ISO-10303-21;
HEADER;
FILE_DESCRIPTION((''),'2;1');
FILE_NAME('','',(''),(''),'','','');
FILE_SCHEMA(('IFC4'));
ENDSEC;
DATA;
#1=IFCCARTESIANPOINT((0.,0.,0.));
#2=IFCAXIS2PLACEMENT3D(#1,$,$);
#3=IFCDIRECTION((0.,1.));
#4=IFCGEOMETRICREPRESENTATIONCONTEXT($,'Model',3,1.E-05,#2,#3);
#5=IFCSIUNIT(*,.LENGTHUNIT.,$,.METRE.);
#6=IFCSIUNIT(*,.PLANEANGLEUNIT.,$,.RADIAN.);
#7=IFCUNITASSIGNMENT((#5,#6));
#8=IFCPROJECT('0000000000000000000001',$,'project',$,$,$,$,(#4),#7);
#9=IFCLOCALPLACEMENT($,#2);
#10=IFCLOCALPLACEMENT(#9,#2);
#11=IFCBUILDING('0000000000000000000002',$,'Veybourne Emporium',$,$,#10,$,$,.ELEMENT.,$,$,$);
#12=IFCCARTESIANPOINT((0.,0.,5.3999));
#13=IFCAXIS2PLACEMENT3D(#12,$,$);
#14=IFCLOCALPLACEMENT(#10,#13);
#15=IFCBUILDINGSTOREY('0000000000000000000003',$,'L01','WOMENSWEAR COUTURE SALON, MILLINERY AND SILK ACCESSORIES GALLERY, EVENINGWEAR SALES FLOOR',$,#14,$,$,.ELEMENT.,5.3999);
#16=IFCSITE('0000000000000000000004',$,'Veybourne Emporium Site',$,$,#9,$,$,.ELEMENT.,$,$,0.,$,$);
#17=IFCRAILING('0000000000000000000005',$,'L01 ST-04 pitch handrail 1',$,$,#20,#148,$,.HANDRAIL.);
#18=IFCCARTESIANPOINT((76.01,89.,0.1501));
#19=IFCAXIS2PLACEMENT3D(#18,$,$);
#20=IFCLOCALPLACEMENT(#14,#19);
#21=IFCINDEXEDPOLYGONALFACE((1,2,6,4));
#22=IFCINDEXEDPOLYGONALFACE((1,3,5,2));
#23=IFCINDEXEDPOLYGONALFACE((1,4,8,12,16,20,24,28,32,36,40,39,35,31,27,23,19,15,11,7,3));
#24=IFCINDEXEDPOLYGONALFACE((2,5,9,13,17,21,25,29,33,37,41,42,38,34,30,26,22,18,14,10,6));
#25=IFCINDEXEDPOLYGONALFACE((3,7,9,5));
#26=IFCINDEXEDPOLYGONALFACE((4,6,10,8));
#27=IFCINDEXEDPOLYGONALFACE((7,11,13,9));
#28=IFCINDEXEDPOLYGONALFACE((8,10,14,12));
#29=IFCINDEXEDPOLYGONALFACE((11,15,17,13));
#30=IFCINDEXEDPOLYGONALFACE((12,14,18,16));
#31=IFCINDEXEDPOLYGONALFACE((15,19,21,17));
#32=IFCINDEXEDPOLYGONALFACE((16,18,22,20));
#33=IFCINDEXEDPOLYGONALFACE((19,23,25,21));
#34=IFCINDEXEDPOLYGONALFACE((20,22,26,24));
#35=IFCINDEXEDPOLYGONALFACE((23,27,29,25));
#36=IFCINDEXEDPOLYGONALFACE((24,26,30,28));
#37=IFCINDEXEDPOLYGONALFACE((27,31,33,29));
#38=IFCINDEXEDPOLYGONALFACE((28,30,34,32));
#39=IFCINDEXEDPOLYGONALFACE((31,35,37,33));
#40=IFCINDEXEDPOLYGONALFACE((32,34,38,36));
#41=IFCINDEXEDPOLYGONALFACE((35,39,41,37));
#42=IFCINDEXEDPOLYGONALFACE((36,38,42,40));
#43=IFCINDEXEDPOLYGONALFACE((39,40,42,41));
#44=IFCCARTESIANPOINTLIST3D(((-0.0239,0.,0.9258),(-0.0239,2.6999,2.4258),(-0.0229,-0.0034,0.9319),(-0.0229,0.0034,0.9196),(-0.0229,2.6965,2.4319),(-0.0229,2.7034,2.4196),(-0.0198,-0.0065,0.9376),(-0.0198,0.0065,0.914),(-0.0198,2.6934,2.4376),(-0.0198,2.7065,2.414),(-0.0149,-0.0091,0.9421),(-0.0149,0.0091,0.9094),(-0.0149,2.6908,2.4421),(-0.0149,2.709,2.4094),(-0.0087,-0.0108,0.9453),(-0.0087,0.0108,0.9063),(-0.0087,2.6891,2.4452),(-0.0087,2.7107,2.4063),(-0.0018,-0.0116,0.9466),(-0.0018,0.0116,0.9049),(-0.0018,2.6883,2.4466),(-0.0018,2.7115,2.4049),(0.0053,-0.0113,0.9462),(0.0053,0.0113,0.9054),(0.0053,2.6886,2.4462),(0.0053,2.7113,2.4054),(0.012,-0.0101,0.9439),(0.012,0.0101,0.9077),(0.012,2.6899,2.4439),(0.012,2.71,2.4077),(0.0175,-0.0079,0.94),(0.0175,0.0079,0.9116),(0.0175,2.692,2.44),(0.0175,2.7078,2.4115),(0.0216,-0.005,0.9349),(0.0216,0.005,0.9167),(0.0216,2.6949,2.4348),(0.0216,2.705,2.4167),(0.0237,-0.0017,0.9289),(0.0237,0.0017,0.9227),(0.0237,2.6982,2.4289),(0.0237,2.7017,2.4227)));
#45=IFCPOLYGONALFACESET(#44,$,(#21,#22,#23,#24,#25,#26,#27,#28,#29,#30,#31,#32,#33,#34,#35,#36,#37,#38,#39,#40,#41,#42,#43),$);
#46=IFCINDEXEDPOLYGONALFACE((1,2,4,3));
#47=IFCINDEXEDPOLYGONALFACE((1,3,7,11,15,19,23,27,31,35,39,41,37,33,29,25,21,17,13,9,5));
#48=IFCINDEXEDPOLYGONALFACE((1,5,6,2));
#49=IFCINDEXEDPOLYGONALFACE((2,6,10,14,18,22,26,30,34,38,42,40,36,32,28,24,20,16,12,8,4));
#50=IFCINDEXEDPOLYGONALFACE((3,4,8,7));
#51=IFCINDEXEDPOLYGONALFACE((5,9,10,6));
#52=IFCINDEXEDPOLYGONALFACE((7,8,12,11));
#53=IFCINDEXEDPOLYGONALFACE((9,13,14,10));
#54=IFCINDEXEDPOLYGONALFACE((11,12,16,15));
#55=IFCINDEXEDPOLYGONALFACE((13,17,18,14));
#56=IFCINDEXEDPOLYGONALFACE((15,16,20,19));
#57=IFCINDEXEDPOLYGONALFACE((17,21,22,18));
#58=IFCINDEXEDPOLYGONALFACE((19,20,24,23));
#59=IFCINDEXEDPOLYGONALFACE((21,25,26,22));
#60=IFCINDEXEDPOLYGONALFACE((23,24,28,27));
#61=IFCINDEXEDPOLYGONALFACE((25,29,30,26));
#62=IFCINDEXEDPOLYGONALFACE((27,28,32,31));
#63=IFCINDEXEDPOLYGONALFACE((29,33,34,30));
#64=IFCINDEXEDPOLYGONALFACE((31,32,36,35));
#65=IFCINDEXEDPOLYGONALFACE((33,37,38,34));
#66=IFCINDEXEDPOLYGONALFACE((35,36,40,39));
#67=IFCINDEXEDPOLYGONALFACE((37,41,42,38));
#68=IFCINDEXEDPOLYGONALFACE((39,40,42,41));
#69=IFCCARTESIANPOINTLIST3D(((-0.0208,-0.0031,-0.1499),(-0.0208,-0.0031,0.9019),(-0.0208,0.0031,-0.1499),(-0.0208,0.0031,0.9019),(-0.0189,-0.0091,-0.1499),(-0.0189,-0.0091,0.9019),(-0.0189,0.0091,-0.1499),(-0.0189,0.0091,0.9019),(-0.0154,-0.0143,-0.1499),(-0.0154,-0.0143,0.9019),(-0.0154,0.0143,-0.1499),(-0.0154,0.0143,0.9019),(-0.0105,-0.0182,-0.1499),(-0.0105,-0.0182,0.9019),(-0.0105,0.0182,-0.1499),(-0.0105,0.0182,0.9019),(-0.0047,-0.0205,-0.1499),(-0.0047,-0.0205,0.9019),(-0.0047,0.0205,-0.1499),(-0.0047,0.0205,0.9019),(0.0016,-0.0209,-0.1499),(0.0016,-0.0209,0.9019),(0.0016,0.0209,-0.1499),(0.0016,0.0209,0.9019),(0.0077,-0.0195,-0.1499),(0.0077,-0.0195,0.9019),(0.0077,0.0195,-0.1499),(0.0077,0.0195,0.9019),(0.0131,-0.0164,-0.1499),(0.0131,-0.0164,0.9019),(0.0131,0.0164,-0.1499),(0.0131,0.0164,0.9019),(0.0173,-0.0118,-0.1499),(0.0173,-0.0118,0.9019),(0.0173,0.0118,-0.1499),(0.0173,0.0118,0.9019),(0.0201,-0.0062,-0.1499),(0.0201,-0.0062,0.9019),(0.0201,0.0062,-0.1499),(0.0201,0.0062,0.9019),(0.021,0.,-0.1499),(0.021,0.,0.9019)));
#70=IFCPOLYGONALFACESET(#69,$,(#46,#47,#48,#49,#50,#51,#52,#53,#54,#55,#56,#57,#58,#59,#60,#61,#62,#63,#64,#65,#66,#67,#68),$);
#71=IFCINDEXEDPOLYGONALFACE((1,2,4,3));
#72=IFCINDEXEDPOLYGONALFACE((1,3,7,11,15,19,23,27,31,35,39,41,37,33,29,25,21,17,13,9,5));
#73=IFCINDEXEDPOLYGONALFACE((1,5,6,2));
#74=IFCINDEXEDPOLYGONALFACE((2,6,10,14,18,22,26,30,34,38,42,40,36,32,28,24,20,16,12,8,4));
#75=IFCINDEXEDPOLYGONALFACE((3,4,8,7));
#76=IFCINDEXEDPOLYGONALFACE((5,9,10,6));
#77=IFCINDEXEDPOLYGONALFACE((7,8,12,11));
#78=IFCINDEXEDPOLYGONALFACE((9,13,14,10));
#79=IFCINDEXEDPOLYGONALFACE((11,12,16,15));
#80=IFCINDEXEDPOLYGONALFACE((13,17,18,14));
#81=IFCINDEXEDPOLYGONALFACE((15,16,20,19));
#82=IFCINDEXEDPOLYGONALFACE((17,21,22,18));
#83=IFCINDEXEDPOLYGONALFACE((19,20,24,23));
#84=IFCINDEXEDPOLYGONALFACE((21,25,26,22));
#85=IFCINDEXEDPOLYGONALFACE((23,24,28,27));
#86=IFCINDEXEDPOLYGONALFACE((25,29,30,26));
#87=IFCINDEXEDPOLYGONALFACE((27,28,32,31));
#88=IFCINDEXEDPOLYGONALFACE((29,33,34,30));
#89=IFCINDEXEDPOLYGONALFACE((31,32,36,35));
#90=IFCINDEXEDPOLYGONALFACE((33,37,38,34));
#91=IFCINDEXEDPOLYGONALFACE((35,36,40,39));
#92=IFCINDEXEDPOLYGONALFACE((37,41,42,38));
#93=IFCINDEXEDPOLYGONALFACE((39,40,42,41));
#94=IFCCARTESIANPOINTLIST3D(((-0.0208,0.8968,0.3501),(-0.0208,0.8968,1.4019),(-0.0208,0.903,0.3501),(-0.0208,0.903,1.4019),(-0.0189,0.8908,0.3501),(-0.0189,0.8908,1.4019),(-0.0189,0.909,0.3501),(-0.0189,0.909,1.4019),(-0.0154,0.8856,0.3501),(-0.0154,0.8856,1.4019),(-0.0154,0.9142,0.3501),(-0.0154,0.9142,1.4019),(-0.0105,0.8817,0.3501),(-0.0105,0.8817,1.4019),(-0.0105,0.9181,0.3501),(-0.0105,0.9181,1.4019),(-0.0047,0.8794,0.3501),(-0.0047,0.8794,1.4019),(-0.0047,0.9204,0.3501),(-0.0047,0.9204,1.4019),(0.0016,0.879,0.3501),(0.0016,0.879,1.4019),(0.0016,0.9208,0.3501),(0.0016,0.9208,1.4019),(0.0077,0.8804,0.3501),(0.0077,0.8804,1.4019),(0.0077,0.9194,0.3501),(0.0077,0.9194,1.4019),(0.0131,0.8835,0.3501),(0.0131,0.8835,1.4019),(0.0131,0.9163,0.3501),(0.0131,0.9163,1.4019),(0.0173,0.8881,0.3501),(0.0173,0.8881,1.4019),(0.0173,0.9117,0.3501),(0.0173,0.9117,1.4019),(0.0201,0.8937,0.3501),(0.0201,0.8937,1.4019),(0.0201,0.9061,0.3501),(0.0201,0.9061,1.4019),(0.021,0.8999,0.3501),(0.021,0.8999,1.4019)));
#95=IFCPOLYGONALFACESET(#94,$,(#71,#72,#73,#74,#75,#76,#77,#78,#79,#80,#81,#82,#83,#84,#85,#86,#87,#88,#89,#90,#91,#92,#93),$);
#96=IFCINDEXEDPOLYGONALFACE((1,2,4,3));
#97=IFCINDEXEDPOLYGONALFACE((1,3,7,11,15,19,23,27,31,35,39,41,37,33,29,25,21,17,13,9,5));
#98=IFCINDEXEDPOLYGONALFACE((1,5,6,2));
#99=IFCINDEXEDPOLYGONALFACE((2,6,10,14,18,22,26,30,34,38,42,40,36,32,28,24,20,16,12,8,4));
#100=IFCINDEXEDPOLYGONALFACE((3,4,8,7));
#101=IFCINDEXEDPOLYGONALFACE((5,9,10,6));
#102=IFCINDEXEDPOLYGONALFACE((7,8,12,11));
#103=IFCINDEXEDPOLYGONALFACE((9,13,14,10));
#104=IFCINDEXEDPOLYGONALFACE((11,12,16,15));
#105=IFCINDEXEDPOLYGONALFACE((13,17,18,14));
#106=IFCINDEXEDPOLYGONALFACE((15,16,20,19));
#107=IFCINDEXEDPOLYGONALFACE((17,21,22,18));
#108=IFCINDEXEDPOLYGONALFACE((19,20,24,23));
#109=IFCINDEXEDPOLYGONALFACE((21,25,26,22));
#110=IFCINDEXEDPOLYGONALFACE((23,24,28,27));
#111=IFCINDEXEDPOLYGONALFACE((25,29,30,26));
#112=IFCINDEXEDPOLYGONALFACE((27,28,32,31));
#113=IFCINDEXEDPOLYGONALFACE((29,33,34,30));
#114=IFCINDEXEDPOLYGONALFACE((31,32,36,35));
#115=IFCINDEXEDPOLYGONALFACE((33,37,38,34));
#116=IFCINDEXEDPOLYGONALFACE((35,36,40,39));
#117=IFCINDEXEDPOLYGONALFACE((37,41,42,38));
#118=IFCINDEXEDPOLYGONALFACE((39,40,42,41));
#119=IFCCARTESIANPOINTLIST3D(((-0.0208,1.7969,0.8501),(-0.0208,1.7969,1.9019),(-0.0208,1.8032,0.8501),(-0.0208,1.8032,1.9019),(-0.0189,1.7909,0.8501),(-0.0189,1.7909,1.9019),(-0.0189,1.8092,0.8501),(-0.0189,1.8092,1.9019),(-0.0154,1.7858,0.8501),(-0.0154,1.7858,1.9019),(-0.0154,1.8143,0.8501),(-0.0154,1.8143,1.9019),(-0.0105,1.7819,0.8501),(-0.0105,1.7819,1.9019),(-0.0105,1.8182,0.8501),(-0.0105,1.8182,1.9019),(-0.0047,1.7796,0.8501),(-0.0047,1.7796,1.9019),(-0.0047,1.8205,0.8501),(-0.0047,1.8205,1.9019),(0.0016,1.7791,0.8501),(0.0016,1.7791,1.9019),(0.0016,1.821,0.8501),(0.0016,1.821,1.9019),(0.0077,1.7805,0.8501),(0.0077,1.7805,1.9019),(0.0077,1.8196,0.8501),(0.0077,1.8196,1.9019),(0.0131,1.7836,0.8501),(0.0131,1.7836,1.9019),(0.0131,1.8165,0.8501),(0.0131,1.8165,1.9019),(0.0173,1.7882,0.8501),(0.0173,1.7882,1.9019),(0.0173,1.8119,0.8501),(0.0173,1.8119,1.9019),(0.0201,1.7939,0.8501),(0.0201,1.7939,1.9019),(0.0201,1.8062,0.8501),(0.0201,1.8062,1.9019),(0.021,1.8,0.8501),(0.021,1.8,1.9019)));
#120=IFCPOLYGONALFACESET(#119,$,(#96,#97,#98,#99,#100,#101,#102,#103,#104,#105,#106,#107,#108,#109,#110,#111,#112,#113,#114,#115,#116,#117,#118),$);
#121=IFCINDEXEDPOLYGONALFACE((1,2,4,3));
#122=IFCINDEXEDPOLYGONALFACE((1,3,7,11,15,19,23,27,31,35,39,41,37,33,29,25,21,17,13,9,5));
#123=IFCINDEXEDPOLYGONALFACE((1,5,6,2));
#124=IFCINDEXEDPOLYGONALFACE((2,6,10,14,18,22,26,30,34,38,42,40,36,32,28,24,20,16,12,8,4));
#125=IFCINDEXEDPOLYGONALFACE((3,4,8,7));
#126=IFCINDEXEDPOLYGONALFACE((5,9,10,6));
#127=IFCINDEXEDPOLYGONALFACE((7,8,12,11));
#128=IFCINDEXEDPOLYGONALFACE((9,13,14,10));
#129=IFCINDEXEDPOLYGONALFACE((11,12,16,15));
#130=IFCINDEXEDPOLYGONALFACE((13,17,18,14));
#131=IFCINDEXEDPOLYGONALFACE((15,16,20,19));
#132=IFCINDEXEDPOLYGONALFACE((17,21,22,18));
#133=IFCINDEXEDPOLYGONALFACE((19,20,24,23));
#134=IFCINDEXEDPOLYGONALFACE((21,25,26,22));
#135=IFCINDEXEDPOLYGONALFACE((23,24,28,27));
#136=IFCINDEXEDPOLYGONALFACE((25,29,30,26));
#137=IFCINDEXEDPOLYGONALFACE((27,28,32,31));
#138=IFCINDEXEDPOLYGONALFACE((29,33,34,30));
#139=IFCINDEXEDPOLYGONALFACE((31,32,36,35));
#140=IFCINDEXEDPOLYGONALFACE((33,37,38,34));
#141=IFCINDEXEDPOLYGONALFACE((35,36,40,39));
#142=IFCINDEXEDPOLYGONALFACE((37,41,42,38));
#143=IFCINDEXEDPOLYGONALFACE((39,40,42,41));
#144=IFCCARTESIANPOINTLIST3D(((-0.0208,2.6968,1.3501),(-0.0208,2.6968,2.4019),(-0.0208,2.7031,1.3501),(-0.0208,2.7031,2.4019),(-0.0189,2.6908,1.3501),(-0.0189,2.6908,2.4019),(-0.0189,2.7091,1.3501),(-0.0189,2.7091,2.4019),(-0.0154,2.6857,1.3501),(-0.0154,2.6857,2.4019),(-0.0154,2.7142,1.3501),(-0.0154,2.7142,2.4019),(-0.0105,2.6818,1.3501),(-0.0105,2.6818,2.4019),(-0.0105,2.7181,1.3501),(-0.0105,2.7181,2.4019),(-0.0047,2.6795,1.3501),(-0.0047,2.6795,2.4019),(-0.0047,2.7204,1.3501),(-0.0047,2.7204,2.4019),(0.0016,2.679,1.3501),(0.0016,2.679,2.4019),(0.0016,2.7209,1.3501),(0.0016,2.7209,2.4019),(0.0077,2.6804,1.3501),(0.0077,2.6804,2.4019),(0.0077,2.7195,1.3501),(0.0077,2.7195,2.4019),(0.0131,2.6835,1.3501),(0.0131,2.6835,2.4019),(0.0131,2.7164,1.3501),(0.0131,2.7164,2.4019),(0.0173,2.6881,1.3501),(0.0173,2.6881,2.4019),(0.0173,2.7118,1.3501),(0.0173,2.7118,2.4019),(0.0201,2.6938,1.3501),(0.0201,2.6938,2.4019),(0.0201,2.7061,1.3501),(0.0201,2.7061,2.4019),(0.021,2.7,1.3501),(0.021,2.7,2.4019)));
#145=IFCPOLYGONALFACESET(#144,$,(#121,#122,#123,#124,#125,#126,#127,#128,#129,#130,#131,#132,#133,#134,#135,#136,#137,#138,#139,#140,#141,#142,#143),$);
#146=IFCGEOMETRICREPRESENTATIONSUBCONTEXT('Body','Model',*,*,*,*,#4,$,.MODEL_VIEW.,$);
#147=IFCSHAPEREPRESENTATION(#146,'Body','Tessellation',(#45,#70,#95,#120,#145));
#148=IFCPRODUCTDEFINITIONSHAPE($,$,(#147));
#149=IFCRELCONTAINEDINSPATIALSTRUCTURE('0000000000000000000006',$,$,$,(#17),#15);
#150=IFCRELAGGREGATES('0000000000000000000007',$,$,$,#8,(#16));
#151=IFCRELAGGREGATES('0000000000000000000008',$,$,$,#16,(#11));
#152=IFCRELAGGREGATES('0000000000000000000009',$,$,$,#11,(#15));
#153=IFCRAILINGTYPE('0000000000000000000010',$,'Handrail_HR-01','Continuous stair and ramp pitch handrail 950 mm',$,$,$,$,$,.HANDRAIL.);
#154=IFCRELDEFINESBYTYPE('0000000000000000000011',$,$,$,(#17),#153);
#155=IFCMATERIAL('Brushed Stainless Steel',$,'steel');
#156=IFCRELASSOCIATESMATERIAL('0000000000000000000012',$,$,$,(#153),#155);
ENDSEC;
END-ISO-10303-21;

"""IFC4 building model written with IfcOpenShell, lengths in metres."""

from ifc_helpers import new_model, si_unit, direction, frame, origin, origin_2d, place, context, subcontext, project, spatial, circle, extrude, material, type_object, element, save


model = new_model("IFC4")

# Units and contexts
model_context = context("Model", 3, precision=1e-05, world=origin(), true_north=direction((0.0, 1.0)))
body_context = subcontext(model_context, "Body", "Model", "MODEL_VIEW")
ifc_project = project(units=[si_unit("LENGTHUNIT", "METRE"), si_unit("PLANEANGLEUNIT", "RADIAN")], contexts=[model_context])

# Site, building, storey
site_placement = place(None, origin())
site = spatial("IfcSite", under=ifc_project, at=site_placement, Name="Veybourne Emporium Site", CompositionType="ELEMENT", RefElevation=0.0)
building_placement = place(site_placement, origin())
building = spatial("IfcBuilding", under=site, at=building_placement, Name="Veybourne Emporium", CompositionType="ELEMENT")
storey_placement = place(building_placement, frame((0.0, 0.0, 5.3999)))
storey = spatial("IfcBuildingStorey", under=building, at=storey_placement, Name="L01", Description="WOMENSWEAR COUTURE SALON, MILLINERY AND SILK ACCESSORIES GALLERY, EVENINGWEAR SALES FLOOR", CompositionType="ELEMENT", Elevation=5.3999)

# Railing
ifc_material_1 = material(Name="Brushed Stainless Steel", Category="steel")
railing_type_1 = type_object("IfcRailingType", Name="Handrail_HR-01", Description="Continuous stair and ramp pitch handrail 950 mm", PredefinedType="HANDRAIL", material=ifc_material_1)
railing_1_placement = place(storey_placement, frame((76.01, 89.0, 0.1501)))
element("IfcRailing", 1, at=railing_1_placement, inside=storey, type_object=railing_type_1, Name="L01 ST-04 pitch handrail 1", PredefinedType="HANDRAIL", context=body_context, shape_type="SweptSolid", body=[
    extrude(circle(Radius=0.0239, at=origin_2d()), frame((0.0, 0.0, 0.9258), z_axis=(0.0, 0.874154, 0.48565), x_axis=(-1.0, 0.0, 0.0)), (0.0, 0.0, 1.0), 3.0886),
    extrude(circle(Radius=0.021, at=origin_2d()), frame((0.0, 0.0, -0.1499)), (0.0, 0.0, 1.0), 1.0518),
    extrude(circle(Radius=0.021, at=origin_2d()), frame((0.0, 0.8999, 0.3501)), (0.0, 0.0, 1.0), 1.0518),
    extrude(circle(Radius=0.021, at=origin_2d()), frame((0.0, 1.8, 0.8501)), (0.0, 0.0, 1.0), 1.0518),
    extrude(circle(Radius=0.021, at=origin_2d()), frame((0.0, 2.7, 1.3501)), (0.0, 0.0, 1.0), 1.0518),
])

save(model, "model.ifc")
